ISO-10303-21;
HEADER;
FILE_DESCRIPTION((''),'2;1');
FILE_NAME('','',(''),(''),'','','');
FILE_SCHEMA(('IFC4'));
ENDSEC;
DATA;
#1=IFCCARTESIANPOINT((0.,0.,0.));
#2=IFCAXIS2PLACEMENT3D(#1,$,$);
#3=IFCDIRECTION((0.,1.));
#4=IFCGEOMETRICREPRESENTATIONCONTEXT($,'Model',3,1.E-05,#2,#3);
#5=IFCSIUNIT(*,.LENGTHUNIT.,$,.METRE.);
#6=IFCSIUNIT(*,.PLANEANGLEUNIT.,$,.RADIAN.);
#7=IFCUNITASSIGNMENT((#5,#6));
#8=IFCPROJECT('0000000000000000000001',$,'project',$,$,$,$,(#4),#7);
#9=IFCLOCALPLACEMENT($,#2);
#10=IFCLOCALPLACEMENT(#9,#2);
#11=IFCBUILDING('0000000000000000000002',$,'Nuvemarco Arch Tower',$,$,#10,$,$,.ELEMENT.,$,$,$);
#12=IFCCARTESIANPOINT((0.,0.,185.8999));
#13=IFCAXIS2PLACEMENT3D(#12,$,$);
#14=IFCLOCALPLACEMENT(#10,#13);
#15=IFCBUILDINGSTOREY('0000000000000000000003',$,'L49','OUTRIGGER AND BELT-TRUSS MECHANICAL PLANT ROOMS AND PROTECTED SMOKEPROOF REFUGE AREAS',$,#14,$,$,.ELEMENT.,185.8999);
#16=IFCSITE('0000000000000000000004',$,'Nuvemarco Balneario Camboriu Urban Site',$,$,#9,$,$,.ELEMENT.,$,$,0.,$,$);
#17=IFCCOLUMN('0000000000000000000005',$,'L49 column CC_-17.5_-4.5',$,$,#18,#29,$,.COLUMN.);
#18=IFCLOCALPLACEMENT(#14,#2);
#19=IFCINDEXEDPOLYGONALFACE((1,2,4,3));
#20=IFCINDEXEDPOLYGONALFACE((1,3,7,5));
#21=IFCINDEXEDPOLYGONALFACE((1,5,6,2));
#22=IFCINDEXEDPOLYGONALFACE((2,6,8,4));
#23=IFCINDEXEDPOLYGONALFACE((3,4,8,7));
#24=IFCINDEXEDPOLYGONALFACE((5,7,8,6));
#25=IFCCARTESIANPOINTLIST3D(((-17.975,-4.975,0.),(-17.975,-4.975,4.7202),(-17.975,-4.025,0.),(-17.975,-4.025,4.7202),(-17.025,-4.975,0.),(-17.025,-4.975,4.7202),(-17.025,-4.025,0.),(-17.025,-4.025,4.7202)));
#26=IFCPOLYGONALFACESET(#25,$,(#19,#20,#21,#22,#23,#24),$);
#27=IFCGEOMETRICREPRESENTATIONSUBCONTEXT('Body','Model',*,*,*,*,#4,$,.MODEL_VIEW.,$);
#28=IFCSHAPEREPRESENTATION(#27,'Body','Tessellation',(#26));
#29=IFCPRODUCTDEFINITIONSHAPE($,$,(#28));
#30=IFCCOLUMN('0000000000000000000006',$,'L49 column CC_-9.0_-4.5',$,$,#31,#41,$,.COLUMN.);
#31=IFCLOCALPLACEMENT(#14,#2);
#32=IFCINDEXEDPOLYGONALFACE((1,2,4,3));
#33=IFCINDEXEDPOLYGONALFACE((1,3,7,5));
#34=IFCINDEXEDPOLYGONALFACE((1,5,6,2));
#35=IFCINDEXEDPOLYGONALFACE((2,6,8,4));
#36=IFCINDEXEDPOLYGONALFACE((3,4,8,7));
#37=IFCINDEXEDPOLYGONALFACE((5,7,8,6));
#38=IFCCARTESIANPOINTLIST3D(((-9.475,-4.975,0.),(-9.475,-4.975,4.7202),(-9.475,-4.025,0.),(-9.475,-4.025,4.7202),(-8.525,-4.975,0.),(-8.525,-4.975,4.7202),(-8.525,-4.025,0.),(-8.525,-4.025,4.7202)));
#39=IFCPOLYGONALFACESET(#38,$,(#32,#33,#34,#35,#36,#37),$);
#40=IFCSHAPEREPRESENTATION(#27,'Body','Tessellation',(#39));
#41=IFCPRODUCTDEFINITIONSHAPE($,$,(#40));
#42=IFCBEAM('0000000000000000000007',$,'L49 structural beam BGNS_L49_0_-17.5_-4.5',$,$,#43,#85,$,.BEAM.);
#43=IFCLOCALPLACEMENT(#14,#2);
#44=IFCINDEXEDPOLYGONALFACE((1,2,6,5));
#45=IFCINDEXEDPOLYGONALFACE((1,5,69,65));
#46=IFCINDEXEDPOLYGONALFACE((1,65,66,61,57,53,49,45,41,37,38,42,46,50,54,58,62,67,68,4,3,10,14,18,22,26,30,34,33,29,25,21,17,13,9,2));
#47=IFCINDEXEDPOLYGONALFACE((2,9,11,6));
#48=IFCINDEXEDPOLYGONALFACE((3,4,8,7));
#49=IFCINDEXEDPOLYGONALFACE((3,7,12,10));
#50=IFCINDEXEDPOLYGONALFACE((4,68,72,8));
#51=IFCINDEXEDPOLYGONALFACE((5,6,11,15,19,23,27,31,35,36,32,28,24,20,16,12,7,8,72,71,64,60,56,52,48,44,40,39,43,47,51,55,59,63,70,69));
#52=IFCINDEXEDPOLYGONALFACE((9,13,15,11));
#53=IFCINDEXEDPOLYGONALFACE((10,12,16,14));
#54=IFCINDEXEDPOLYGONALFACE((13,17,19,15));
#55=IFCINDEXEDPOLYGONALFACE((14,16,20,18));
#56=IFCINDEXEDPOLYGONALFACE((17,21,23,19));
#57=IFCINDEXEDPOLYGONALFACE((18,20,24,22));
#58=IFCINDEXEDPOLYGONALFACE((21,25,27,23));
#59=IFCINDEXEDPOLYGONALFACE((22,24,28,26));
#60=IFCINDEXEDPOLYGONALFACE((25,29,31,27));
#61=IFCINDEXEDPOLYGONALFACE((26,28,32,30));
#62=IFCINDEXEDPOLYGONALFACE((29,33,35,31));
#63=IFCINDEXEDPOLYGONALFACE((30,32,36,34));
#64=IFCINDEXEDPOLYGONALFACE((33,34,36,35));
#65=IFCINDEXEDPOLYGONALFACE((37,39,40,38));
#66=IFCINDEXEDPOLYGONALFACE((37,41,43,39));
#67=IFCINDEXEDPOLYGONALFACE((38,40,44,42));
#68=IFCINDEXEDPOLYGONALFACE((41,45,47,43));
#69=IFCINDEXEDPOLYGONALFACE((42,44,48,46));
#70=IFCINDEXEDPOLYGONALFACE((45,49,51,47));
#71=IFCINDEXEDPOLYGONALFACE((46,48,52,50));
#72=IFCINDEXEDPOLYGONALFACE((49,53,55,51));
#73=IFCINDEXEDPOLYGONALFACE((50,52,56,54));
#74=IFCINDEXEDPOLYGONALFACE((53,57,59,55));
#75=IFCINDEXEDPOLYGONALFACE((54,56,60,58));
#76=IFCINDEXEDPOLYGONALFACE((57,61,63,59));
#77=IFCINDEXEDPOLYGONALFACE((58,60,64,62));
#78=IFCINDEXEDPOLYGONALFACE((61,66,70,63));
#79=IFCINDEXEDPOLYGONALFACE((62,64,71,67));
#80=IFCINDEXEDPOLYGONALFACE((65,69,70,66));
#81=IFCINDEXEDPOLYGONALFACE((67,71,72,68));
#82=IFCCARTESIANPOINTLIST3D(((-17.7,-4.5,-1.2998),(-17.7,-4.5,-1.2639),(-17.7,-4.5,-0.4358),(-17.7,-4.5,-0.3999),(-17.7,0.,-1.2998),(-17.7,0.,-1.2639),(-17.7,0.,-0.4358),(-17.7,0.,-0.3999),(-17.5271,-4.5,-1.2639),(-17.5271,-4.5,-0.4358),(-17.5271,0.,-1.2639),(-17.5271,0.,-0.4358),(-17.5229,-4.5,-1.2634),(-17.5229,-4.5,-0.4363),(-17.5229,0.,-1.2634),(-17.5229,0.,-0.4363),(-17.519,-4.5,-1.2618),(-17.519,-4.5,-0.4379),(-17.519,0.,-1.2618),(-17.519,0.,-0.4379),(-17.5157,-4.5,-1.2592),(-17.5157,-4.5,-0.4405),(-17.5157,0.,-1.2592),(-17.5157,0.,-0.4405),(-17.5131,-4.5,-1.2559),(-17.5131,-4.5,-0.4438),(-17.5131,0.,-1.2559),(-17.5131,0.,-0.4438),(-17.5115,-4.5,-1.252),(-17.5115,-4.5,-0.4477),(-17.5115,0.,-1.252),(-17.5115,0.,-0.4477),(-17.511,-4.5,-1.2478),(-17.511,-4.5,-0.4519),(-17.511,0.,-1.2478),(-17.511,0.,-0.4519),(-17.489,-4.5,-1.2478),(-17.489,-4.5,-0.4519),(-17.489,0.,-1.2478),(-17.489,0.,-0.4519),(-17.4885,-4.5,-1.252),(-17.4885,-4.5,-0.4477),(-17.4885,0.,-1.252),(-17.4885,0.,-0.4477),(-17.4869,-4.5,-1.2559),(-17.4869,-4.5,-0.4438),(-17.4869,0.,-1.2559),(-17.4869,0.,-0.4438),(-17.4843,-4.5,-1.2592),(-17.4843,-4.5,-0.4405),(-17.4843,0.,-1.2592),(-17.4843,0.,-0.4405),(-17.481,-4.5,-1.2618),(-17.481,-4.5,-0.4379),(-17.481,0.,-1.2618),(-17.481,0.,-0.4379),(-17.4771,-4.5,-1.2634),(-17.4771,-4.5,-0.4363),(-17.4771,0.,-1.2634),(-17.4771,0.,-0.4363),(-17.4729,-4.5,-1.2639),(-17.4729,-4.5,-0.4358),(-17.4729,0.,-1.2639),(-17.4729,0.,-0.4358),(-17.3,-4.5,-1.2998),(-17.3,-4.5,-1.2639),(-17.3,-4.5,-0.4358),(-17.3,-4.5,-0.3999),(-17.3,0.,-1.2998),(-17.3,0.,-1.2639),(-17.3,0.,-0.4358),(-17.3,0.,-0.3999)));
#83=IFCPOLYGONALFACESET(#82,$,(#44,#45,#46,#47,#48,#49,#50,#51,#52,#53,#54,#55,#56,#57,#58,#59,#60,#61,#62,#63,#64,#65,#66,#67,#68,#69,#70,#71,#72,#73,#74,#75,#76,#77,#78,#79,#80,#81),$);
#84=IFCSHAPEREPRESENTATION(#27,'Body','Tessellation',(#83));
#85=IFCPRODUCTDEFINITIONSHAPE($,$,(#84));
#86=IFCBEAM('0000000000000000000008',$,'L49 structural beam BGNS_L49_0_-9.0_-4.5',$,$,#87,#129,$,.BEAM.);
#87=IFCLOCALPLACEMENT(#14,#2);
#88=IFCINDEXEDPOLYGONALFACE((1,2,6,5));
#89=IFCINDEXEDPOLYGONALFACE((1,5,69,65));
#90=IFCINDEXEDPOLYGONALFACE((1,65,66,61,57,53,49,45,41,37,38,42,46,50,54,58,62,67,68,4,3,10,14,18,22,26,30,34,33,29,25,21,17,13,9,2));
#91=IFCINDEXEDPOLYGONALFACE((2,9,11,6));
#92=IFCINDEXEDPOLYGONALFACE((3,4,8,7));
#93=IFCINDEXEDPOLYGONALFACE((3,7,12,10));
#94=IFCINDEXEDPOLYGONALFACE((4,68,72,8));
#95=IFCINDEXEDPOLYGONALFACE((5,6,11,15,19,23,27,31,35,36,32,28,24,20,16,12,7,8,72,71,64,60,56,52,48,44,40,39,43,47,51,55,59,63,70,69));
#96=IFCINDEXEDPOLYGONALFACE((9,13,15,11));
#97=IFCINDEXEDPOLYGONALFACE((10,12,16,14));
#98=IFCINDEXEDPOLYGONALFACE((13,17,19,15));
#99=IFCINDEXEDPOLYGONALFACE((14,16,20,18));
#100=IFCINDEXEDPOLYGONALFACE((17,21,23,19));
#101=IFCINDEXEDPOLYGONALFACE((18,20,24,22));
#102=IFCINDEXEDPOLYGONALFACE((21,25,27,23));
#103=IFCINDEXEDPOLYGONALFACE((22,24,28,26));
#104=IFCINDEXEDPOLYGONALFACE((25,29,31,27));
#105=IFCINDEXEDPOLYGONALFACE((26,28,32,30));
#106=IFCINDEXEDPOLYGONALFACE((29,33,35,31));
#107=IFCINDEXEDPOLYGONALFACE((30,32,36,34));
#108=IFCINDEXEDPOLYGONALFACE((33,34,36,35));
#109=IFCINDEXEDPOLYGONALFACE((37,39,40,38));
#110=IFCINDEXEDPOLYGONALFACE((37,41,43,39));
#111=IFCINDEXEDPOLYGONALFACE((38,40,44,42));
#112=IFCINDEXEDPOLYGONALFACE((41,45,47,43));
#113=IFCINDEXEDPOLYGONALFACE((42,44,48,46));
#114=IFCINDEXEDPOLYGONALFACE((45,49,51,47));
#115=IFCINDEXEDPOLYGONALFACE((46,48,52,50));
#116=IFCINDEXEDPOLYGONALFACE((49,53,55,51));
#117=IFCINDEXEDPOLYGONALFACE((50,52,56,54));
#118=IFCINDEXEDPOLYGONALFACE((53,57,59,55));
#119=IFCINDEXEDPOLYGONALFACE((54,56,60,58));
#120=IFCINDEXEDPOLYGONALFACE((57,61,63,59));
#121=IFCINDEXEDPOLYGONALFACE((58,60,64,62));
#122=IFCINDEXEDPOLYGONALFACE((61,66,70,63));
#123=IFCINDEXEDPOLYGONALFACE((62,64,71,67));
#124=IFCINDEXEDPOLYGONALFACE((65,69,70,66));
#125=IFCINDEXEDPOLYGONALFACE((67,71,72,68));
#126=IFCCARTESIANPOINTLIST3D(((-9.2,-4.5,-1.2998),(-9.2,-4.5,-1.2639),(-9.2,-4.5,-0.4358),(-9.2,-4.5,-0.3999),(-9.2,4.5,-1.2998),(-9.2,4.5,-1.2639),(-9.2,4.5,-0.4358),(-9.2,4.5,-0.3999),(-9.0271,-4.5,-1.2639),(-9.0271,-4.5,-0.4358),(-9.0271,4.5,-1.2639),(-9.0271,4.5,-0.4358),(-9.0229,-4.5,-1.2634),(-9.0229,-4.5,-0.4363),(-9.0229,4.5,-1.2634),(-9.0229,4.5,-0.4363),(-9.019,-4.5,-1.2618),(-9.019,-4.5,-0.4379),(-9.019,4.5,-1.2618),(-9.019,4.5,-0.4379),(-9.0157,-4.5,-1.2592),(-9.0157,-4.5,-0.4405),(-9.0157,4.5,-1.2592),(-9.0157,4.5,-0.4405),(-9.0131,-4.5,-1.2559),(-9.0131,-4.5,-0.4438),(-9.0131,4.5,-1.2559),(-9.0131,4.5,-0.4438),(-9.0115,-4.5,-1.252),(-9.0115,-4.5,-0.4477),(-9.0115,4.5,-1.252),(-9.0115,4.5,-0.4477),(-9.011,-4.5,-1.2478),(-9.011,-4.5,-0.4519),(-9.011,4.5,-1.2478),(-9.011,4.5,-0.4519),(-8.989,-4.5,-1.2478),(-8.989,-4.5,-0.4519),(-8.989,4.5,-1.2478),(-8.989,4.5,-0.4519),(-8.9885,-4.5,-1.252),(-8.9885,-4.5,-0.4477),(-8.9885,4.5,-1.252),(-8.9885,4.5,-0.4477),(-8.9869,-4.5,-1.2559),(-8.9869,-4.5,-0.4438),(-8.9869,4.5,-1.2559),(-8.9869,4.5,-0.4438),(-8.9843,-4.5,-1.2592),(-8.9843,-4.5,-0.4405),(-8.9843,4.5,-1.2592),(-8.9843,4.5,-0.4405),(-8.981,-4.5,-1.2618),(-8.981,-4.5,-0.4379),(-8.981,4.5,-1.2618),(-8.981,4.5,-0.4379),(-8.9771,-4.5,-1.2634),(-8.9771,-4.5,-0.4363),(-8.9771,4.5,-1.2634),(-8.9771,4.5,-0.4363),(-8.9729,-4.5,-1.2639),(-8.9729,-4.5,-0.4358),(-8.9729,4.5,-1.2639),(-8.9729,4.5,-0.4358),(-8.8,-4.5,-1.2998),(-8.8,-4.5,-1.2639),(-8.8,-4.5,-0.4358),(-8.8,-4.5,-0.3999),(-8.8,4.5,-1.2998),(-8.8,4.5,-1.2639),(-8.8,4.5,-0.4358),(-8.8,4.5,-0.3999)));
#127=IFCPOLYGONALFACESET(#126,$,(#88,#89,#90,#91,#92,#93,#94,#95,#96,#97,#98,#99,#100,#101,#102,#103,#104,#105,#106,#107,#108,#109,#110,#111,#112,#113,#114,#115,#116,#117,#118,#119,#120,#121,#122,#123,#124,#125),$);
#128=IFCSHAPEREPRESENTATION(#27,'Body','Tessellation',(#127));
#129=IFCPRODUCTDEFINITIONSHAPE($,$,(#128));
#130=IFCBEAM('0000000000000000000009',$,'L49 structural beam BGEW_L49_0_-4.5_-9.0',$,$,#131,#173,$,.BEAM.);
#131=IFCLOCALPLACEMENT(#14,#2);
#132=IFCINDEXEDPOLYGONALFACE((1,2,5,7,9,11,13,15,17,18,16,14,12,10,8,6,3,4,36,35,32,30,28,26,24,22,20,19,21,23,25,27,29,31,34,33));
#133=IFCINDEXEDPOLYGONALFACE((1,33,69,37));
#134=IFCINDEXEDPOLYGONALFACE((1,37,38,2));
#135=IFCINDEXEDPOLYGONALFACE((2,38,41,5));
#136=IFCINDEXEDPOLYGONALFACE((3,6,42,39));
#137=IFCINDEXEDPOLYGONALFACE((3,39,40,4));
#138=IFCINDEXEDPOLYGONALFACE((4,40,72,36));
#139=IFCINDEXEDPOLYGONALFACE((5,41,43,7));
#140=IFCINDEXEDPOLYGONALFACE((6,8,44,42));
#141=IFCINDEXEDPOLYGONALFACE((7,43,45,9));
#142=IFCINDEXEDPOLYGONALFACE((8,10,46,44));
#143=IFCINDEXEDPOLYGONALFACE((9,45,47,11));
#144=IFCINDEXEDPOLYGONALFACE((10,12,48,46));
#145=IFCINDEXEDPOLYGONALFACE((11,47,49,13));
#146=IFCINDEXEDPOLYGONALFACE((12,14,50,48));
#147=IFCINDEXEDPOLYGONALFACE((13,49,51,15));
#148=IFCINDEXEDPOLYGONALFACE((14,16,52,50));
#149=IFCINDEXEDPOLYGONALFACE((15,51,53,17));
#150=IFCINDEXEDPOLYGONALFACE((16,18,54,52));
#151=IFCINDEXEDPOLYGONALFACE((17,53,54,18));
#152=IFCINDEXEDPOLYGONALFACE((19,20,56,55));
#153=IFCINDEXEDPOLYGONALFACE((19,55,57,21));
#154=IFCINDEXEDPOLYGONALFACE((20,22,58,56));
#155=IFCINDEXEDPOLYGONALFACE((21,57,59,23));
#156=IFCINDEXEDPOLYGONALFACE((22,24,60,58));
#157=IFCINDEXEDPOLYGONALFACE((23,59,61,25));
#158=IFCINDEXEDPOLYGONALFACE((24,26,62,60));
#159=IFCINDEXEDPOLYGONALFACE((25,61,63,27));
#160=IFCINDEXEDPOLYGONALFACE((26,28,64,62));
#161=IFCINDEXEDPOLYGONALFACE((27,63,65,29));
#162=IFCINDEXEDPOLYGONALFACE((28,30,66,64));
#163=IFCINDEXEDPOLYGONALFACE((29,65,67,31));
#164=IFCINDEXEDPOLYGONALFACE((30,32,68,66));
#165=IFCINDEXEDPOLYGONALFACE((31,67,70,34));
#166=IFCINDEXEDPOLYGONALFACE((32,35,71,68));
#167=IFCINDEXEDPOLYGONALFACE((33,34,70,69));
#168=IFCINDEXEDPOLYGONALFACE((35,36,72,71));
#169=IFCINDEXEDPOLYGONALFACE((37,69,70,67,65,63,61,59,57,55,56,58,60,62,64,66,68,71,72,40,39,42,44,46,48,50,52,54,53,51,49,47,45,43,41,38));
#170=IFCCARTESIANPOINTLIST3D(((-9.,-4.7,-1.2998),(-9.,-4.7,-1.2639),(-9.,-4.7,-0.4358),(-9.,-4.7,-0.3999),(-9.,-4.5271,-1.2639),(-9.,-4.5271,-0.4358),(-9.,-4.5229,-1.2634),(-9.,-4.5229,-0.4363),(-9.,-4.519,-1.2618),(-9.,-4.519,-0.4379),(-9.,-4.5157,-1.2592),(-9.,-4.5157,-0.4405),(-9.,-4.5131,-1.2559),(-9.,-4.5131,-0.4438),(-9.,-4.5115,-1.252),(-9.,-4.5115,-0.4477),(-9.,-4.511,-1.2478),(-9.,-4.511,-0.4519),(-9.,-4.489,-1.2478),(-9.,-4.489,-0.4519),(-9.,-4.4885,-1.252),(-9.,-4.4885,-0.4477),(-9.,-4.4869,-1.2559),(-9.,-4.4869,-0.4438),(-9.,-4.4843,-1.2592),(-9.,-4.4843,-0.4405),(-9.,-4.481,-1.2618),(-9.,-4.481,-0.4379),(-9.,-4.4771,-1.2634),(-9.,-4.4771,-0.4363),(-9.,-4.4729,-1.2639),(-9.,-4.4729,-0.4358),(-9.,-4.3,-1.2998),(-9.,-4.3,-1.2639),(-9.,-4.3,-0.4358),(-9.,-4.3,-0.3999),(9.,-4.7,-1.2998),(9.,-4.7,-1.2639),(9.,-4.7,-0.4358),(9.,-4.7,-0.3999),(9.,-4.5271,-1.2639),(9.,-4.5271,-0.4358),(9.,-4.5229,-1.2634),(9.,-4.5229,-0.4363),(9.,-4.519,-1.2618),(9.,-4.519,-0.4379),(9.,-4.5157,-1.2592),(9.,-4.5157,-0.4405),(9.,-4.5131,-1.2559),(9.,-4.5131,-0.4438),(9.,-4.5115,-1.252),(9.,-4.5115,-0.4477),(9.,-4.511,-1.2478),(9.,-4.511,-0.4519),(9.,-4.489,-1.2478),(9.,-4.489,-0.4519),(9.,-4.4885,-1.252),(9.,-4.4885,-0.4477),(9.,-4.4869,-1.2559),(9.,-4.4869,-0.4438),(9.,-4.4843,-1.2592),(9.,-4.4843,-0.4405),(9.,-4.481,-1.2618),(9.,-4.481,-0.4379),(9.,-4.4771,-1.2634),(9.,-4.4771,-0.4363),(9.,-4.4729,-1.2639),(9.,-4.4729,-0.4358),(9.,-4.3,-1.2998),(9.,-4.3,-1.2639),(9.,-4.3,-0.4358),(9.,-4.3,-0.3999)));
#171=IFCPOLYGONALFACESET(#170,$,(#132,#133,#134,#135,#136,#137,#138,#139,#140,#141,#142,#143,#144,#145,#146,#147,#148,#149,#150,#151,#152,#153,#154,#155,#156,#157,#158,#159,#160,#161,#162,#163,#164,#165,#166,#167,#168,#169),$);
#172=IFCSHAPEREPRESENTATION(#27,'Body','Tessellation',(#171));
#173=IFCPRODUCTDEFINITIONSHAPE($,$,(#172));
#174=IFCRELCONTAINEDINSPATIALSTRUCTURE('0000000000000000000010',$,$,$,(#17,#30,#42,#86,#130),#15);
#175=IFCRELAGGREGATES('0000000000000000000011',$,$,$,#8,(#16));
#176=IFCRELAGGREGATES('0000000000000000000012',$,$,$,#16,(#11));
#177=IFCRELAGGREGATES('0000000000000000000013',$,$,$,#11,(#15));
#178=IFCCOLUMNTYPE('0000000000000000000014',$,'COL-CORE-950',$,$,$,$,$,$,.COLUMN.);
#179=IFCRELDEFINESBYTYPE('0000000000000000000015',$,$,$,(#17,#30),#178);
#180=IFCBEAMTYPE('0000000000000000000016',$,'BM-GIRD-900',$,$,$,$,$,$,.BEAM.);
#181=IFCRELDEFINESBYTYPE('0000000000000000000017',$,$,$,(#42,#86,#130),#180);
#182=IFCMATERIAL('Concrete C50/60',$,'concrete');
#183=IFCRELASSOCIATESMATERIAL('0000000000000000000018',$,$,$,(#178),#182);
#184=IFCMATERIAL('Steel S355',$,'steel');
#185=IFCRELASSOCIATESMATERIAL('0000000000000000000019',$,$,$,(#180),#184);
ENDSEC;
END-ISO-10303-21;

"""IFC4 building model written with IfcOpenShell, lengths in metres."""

from ifc_helpers import new_model, si_unit, direction, frame, origin, origin_2d, place, context, subcontext, project, spatial, rectangle, i_section, extrude, material, material_profile, profile_set, type_object, element, save


model = new_model("IFC4")

# Units and contexts
model_context = context("Model", 3, precision=1e-05, world=origin(), true_north=direction((0.0, 1.0)))
body_context = subcontext(model_context, "Body", "Model", "MODEL_VIEW")
ifc_project = project(units=[si_unit("LENGTHUNIT", "METRE"), si_unit("PLANEANGLEUNIT", "RADIAN")], contexts=[model_context])

# Site, building, storey
site_placement = place(None, origin())
site = spatial("IfcSite", under=ifc_project, at=site_placement, Name="Nuvemarco Balneario Camboriu Urban Site", CompositionType="ELEMENT", RefElevation=0.0)
building_placement = place(site_placement, origin())
building = spatial("IfcBuilding", under=site, at=building_placement, Name="Nuvemarco Arch Tower", CompositionType="ELEMENT")
storey_placement = place(building_placement, frame((0.0, 0.0, 185.8999)))
storey = spatial("IfcBuildingStorey", under=building, at=storey_placement, Name="L49", Description="OUTRIGGER AND BELT-TRUSS MECHANICAL PLANT ROOMS AND PROTECTED SMOKEPROOF REFUGE AREAS", CompositionType="ELEMENT", Elevation=185.8999)

# Columns
ifc_material_1 = material(Name="Concrete C50/60", Category="concrete")
ifc_material_profile_1 = material_profile(ifc_material_1, rectangle(XDim=0.95, YDim=0.95, at=origin_2d()), Name="RC-COL-950x950")
ifc_profile_set_1 = profile_set([ifc_material_profile_1], Name="Concrete C50/60")
column_type = type_object("IfcColumnType", Name="COL-CORE-950", PredefinedType="COLUMN", material=ifc_profile_set_1)
for number, where, z_axis, x_axis, name in (
    (1, (-17.5, -4.5, 0.0), (0.0, 0.0, 1.0), (1.0, 0.0, 0.0), "L49 column CC_-17.5_-4.5"),
    (2, (-9.0, -4.5, 0.0), (0.0, 0.0, 1.0), (1.0, 0.0, 0.0), "L49 column CC_-9.0_-4.5"),
):
    element("IfcColumn", number, at=place(storey_placement, frame(where, z_axis=z_axis, x_axis=x_axis)), inside=storey, type_object=column_type, Name=name, PredefinedType="COLUMN", context=body_context, shape_type="SweptSolid", body=[
        extrude(rectangle(XDim=0.95, YDim=0.95, at=origin_2d()), origin(), (0.0, 0.0, 1.0), 4.7202),
    ])

# Beams
ifc_material_2 = material(Name="Steel S355", Category="steel")
ifc_material_profile_2 = material_profile(ifc_material_2, i_section(OverallWidth=0.3999, OverallDepth=0.8999, WebThickness=0.022, FlangeThickness=0.0359, FilletRadius=0.0161, at=origin_2d()), Name="PG900x400")
ifc_profile_set_2 = profile_set([ifc_material_profile_2], Name="Steel S355")
beam_type = type_object("IfcBeamType", Name="BM-GIRD-900", PredefinedType="BEAM", material=ifc_profile_set_2)
beam_1_placement = place(storey_placement, frame((-17.5, -4.5, -0.8499), z_axis=(0.0, 1.0, 0.0), x_axis=(-1.0, 0.0, 0.0)))
element("IfcBeam", 3, at=beam_1_placement, inside=storey, type_object=beam_type, Name="L49 structural beam BGNS_L49_0_-17.5_-4.5", PredefinedType="BEAM", context=body_context, shape_type="SweptSolid", body=[
    extrude(i_section(OverallWidth=0.3999, OverallDepth=0.8999, WebThickness=0.022, FlangeThickness=0.0359, FilletRadius=0.0161, at=origin_2d()), origin(), (0.0, 0.0, 1.0), 4.5),
])
beam_2_placement = place(storey_placement, frame((-9.0, -4.5, -0.8499), z_axis=(0.0, 1.0, 0.0), x_axis=(-1.0, 0.0, 0.0)))
element("IfcBeam", 4, at=beam_2_placement, inside=storey, type_object=beam_type, Name="L49 structural beam BGNS_L49_0_-9.0_-4.5", PredefinedType="BEAM", context=body_context, shape_type="SweptSolid", body=[
    extrude(i_section(OverallWidth=0.3999, OverallDepth=0.8999, WebThickness=0.022, FlangeThickness=0.0359, FilletRadius=0.0161, at=origin_2d()), origin(), (0.0, 0.0, 1.0), 9.0),
])
beam_3_placement = place(storey_placement, frame((-9.0, -4.5, -0.8499), z_axis=(1.0, 0.0, 0.0), x_axis=(0.0, 1.0, 0.0)))
element("IfcBeam", 5, at=beam_3_placement, inside=storey, type_object=beam_type, Name="L49 structural beam BGEW_L49_0_-4.5_-9.0", PredefinedType="BEAM", context=body_context, shape_type="SweptSolid", body=[
    extrude(i_section(OverallWidth=0.3999, OverallDepth=0.8999, WebThickness=0.022, FlangeThickness=0.0359, FilletRadius=0.0161, at=origin_2d()), origin(), (0.0, 0.0, 1.0), 18.0),
])

save(model, "model.ifc")
